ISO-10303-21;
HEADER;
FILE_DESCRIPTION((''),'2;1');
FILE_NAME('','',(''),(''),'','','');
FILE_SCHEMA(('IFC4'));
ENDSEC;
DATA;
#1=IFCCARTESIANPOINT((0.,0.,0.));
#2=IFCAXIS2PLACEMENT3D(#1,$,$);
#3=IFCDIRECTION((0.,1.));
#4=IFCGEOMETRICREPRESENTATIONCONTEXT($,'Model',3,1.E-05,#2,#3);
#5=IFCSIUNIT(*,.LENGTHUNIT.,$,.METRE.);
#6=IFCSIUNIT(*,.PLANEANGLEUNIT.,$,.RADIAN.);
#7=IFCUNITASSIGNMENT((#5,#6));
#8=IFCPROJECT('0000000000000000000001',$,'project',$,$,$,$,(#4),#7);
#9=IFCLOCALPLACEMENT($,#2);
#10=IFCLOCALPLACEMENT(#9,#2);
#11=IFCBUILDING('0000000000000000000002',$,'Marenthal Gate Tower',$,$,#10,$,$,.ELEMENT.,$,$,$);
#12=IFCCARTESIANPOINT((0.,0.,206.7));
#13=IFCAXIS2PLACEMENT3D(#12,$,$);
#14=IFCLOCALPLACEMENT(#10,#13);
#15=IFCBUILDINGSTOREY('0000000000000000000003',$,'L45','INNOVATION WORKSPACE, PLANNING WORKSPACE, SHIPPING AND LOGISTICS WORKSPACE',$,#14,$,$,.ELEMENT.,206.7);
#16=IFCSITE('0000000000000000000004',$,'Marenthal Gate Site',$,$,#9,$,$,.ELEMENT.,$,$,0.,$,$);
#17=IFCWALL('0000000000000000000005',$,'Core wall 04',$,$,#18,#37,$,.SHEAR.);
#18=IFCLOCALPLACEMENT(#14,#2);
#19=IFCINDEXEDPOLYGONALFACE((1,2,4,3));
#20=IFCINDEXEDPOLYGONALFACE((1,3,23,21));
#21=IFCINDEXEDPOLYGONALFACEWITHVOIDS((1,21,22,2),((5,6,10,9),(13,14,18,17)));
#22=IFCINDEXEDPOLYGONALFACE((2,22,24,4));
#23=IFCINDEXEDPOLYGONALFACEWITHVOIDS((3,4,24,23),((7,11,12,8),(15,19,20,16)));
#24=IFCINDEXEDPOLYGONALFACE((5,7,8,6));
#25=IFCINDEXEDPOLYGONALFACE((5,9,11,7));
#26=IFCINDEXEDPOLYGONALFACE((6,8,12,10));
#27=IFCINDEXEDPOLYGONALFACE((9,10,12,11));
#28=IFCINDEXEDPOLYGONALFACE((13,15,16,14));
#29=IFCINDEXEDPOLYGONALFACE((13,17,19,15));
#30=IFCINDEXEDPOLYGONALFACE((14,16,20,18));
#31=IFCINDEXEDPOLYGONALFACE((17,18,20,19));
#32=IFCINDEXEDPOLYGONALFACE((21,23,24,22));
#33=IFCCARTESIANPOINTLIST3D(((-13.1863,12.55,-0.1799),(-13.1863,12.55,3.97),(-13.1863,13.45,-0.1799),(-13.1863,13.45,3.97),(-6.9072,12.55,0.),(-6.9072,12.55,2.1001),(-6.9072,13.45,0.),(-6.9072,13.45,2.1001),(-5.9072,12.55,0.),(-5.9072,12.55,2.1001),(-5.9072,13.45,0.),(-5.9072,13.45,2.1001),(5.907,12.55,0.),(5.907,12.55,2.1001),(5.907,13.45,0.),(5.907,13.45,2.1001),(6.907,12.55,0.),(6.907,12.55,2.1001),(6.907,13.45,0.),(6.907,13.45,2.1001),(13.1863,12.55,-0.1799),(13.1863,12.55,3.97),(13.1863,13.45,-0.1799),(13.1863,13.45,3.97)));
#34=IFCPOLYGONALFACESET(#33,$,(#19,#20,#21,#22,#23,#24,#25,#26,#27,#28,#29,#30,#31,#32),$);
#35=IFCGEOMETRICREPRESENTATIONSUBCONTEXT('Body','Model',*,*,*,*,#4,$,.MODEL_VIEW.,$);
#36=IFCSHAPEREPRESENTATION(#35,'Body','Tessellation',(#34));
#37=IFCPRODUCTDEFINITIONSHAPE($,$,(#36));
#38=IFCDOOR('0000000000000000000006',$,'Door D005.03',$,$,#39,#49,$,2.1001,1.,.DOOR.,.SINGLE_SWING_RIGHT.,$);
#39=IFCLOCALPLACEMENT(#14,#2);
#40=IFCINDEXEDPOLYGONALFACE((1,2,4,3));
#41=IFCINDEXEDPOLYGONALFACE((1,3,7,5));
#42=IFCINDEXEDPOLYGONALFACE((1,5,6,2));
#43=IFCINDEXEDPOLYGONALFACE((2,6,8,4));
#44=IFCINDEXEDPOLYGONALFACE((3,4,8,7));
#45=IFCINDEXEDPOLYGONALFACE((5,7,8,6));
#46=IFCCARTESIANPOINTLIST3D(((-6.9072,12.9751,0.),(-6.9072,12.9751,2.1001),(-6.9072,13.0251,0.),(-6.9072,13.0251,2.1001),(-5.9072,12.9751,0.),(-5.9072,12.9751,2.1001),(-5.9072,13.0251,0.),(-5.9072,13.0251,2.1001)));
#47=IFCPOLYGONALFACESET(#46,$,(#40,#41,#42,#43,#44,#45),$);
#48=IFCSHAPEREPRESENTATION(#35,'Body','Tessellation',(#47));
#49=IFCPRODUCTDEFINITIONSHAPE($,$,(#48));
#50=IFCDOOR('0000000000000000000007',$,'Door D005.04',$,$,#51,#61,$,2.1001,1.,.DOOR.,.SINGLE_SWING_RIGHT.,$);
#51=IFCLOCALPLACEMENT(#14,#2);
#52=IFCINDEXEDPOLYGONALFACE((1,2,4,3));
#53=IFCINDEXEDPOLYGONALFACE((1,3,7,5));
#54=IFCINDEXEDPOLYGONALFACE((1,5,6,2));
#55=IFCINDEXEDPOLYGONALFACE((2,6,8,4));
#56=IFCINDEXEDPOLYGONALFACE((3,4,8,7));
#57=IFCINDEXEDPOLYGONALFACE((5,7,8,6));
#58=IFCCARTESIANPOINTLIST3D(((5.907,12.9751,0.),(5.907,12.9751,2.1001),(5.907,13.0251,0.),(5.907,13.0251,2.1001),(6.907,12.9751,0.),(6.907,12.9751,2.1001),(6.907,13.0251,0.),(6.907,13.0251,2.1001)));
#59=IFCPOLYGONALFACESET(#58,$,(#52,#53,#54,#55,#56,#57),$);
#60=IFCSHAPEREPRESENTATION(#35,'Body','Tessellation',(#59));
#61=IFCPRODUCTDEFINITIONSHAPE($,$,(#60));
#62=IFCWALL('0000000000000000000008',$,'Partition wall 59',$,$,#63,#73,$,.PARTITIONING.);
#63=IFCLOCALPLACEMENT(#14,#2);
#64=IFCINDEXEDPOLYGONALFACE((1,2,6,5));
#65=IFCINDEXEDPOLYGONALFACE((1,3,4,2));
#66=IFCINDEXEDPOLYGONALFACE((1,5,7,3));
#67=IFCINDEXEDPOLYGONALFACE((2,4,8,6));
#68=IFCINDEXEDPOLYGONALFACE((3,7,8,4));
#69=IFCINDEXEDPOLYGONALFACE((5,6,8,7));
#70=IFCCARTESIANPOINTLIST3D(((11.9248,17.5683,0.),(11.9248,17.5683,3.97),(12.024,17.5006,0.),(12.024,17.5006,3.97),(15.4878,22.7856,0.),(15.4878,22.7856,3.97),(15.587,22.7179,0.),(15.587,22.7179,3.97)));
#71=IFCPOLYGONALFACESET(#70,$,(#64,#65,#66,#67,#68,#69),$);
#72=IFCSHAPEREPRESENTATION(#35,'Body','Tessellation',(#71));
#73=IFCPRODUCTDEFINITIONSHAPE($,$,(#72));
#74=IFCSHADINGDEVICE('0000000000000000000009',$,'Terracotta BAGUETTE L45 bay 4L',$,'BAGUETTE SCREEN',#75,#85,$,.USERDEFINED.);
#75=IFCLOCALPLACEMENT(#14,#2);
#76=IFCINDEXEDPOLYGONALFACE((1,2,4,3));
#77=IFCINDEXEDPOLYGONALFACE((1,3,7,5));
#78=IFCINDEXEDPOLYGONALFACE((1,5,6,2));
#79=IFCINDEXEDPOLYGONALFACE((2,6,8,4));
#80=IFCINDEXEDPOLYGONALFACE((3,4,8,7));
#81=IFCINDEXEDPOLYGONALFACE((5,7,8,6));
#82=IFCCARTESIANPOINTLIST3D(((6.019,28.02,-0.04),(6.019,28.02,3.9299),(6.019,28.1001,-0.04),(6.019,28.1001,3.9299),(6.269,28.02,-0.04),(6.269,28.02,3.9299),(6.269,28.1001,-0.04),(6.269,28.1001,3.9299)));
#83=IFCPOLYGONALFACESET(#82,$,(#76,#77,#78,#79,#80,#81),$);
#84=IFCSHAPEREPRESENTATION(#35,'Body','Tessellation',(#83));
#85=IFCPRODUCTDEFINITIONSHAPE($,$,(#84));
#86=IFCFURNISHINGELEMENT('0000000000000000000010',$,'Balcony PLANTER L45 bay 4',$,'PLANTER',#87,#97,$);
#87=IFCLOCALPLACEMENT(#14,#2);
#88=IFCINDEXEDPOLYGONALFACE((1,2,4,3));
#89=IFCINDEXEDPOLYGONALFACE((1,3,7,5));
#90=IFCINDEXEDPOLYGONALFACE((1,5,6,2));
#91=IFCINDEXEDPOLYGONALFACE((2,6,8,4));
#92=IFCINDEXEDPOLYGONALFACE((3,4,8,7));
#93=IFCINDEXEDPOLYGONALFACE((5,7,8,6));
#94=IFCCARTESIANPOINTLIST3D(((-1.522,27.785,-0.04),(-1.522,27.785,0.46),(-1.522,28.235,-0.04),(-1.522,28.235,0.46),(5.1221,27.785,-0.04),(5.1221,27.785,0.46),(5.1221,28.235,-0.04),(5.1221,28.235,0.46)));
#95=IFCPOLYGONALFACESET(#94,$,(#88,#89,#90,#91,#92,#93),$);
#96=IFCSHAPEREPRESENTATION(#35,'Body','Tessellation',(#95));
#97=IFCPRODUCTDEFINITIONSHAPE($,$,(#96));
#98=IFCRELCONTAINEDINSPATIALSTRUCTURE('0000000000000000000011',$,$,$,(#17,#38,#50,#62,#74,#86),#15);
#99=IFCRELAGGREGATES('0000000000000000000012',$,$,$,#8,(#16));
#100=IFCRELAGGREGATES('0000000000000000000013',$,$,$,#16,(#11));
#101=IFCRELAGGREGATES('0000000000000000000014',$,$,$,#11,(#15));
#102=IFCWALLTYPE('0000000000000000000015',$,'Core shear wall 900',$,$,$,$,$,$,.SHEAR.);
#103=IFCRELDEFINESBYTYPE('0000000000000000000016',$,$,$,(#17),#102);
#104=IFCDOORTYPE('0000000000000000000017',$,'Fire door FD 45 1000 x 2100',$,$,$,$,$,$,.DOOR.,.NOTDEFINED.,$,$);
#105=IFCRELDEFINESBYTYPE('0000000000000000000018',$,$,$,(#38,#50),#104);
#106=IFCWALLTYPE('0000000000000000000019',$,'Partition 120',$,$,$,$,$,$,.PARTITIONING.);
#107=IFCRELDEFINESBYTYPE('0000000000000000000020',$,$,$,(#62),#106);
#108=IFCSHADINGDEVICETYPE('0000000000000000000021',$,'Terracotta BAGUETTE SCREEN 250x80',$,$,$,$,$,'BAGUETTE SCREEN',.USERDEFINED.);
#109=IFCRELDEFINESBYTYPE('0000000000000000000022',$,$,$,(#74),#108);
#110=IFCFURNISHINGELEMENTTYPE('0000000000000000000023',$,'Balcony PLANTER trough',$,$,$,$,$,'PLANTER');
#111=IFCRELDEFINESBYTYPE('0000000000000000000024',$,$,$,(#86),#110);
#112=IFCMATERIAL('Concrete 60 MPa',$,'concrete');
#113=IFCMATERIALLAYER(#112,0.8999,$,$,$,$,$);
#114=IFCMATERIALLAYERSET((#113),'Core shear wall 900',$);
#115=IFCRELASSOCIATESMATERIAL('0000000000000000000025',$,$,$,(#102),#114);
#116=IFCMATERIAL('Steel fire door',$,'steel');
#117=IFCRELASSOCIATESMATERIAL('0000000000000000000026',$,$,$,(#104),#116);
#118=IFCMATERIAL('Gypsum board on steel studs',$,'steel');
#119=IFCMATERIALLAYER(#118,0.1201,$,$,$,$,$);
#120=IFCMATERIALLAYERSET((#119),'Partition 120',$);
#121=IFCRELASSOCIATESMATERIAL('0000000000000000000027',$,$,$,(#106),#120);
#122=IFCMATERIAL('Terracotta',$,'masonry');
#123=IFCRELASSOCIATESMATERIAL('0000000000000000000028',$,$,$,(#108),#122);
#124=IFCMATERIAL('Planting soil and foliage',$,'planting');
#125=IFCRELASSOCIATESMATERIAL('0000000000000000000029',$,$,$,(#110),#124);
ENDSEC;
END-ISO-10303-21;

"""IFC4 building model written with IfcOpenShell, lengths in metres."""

from ifc_helpers import new_model, si_unit, direction, frame, frame_2d, origin, origin_2d, place, context, subcontext, project, spatial, rectangle, extrude, material, layer, layer_set, material_profile, profile_set, type_object, element, fill, save


model = new_model("IFC4")

# Units and contexts
model_context = context("Model", 3, precision=1e-05, world=origin(), true_north=direction((0.0, 1.0)))
body_context = subcontext(model_context, "Body", "Model", "MODEL_VIEW")
ifc_project = project(units=[si_unit("LENGTHUNIT", "METRE"), si_unit("PLANEANGLEUNIT", "RADIAN")], contexts=[model_context])

# Site, building, storey
site_placement = place(None, origin())
site = spatial("IfcSite", under=ifc_project, at=site_placement, Name="Marenthal Gate Site", CompositionType="ELEMENT", RefElevation=0.0)
building_placement = place(site_placement, origin())
building = spatial("IfcBuilding", under=site, at=building_placement, Name="Marenthal Gate Tower", CompositionType="ELEMENT")
storey_placement = place(building_placement, frame((0.0, 0.0, 206.7)))
storey = spatial("IfcBuildingStorey", under=building, at=storey_placement, Name="L45", Description="INNOVATION WORKSPACE, PLANNING WORKSPACE, SHIPPING AND LOGISTICS WORKSPACE", CompositionType="ELEMENT", Elevation=206.7)

# Wall, openings, doors
ifc_material_1 = material(Name="Concrete 60 MPa", Category="concrete")
ifc_layer_1 = layer(ifc_material_1, 0.8999)
ifc_layer_set_1 = layer_set([ifc_layer_1], Name="Core shear wall 900")
wall_type_1 = type_object("IfcWallType", Name="Core shear wall 900", PredefinedType="SHEAR", material=ifc_layer_set_1)
wall_1_placement = place(storey_placement, frame((13.1863, 13.0, -0.1799), z_axis=(0.0, 0.0, 1.0), x_axis=(-1.0, 0.0, 0.0)))
wall_1 = element("IfcWall", 1, at=wall_1_placement, inside=storey, type_object=wall_type_1, Name="Core wall 04", PredefinedType="SHEAR", context=body_context, shape_type="SweptSolid", body=[
    extrude(rectangle(XDim=26.3726, YDim=0.8999, at=frame_2d((13.1863, 0.0))), origin(), (0.0, 0.0, 1.0), 4.1499),
])
opening_1_placement = place(wall_1_placement, frame((19.0935, 0.0, 0.1799)))
opening_1 = element("IfcOpeningElement", 2, at=opening_1_placement, cuts=wall_1, PredefinedType="OPENING", context=body_context, shape_type="SweptSolid", body=[
    extrude(rectangle(XDim=1.0, YDim=2.1001, at=frame_2d((0.5, 1.05))), frame((0.0, 0.46, 0.0), z_axis=(0.0, -1.0, 0.0), x_axis=(1.0, 0.0, 0.0)), (0.0, 0.0, 1.0), 0.9199),
])
opening_2_placement = place(wall_1_placement, frame((6.2793, 0.0, 0.1799)))
opening_2 = element("IfcOpeningElement", 3, at=opening_2_placement, cuts=wall_1, PredefinedType="OPENING", context=body_context, shape_type="SweptSolid", body=[
    extrude(rectangle(XDim=1.0, YDim=2.1001, at=frame_2d((0.5, 1.05))), frame((0.0, 0.46, 0.0), z_axis=(0.0, -1.0, 0.0), x_axis=(1.0, 0.0, 0.0)), (0.0, 0.0, 1.0), 0.9199),
])
ifc_material_2 = material(Name="Steel fire door", Category="steel")
door_type_1 = type_object("IfcDoorType", Name="Fire door FD 45 1000 x 2100", OperationType="NOTDEFINED", PredefinedType="DOOR", material=ifc_material_2)
door_1_placement = place(opening_1_placement, origin())
door_1 = element("IfcDoor", 4, at=door_1_placement, inside=storey, type_object=door_type_1, Name="Door D005.03", OperationType="SINGLE_SWING_RIGHT", OverallHeight=2.1001, OverallWidth=1.0, PredefinedType="DOOR", context=body_context, shape_type="SweptSolid", body=[
    extrude(rectangle(XDim=1.0, YDim=2.1001, at=frame_2d((0.5, 1.05))), frame((0.0, 0.0249, 0.0), z_axis=(0.0, -1.0, 0.0), x_axis=(1.0, 0.0, 0.0)), (0.0, 0.0, 1.0), 0.05),
])
fill(opening_1, door_1)
door_2_placement = place(opening_2_placement, origin())
door_2 = element("IfcDoor", 5, at=door_2_placement, inside=storey, type_object=door_type_1, Name="Door D005.04", OperationType="SINGLE_SWING_RIGHT", OverallHeight=2.1001, OverallWidth=1.0, PredefinedType="DOOR", context=body_context, shape_type="SweptSolid", body=[
    extrude(rectangle(XDim=1.0, YDim=2.1001, at=frame_2d((0.5, 1.05))), frame((0.0, 0.0249, 0.0), z_axis=(0.0, -1.0, 0.0), x_axis=(1.0, 0.0, 0.0)), (0.0, 0.0, 1.0), 0.05),
])
fill(opening_2, door_2)

# Wall
ifc_material_3 = material(Name="Gypsum board on steel studs", Category="steel")
ifc_layer_2 = layer(ifc_material_3, 0.1201)
ifc_layer_set_2 = layer_set([ifc_layer_2], Name="Partition 120")
wall_type_2 = type_object("IfcWallType", Name="Partition 120", PredefinedType="PARTITIONING", material=ifc_layer_set_2)
wall_2_placement = place(storey_placement, frame((11.9744, 17.5344, 0.0), z_axis=(0.0, 0.0, 1.0), x_axis=(0.563958, 0.825804, 0.0)))
element("IfcWall", 6, at=wall_2_placement, inside=storey, type_object=wall_type_2, Name="Partition wall 59", PredefinedType="PARTITIONING", context=body_context, shape_type="SweptSolid", body=[
    extrude(rectangle(XDim=6.3179, YDim=0.1201, at=frame_2d((3.1589, 0.0))), origin(), (0.0, 0.0, 1.0), 3.97),
])

# Shading device
ifc_material_4 = material(Name="Terracotta", Category="masonry")
ifc_material_profile_1 = material_profile(ifc_material_4, rectangle(XDim=0.25, YDim=0.0801, at=origin_2d()), Name="Terracotta baguette 250x80")
ifc_profile_set_1 = profile_set([ifc_material_profile_1], Name="Terracotta")
shading_device_type = type_object("IfcShadingDeviceType", Name="Terracotta BAGUETTE SCREEN 250x80", ElementType="BAGUETTE SCREEN", PredefinedType="USERDEFINED", material=ifc_profile_set_1)
shading_device_placement = place(storey_placement, frame((6.144, 28.0601, -0.04), z_axis=(0.0, 0.0, 1.0), x_axis=(-1.0, 0.0, 0.0)))
element("IfcShadingDevice", 7, at=shading_device_placement, inside=storey, type_object=shading_device_type, Name="Terracotta BAGUETTE L45 bay 4L", ObjectType="BAGUETTE SCREEN", PredefinedType="USERDEFINED", context=body_context, shape_type="SweptSolid", body=[
    extrude(rectangle(XDim=0.25, YDim=0.0801, at=origin_2d()), origin(), (0.0, 0.0, 1.0), 3.97),
])

# Furnishing element
ifc_material_5 = material(Name="Planting soil and foliage", Category="planting")
furnishing_element_type = type_object("IfcFurnishingElementType", Name="Balcony PLANTER trough", ElementType="PLANTER", material=ifc_material_5)
furnishing_placement = place(storey_placement, frame((1.8, 28.01, -0.04), z_axis=(0.0, 0.0, 1.0), x_axis=(-1.0, 0.0, 0.0)))
element("IfcFurnishingElement", 8, at=furnishing_placement, inside=storey, type_object=furnishing_element_type, Name="Balcony PLANTER L45 bay 4", ObjectType="PLANTER", context=body_context, shape_type="SweptSolid", body=[
    extrude(rectangle(XDim=6.644, YDim=0.45, at=origin_2d()), origin(), (0.0, 0.0, 1.0), 0.5),
])

save(model, "model.ifc")
